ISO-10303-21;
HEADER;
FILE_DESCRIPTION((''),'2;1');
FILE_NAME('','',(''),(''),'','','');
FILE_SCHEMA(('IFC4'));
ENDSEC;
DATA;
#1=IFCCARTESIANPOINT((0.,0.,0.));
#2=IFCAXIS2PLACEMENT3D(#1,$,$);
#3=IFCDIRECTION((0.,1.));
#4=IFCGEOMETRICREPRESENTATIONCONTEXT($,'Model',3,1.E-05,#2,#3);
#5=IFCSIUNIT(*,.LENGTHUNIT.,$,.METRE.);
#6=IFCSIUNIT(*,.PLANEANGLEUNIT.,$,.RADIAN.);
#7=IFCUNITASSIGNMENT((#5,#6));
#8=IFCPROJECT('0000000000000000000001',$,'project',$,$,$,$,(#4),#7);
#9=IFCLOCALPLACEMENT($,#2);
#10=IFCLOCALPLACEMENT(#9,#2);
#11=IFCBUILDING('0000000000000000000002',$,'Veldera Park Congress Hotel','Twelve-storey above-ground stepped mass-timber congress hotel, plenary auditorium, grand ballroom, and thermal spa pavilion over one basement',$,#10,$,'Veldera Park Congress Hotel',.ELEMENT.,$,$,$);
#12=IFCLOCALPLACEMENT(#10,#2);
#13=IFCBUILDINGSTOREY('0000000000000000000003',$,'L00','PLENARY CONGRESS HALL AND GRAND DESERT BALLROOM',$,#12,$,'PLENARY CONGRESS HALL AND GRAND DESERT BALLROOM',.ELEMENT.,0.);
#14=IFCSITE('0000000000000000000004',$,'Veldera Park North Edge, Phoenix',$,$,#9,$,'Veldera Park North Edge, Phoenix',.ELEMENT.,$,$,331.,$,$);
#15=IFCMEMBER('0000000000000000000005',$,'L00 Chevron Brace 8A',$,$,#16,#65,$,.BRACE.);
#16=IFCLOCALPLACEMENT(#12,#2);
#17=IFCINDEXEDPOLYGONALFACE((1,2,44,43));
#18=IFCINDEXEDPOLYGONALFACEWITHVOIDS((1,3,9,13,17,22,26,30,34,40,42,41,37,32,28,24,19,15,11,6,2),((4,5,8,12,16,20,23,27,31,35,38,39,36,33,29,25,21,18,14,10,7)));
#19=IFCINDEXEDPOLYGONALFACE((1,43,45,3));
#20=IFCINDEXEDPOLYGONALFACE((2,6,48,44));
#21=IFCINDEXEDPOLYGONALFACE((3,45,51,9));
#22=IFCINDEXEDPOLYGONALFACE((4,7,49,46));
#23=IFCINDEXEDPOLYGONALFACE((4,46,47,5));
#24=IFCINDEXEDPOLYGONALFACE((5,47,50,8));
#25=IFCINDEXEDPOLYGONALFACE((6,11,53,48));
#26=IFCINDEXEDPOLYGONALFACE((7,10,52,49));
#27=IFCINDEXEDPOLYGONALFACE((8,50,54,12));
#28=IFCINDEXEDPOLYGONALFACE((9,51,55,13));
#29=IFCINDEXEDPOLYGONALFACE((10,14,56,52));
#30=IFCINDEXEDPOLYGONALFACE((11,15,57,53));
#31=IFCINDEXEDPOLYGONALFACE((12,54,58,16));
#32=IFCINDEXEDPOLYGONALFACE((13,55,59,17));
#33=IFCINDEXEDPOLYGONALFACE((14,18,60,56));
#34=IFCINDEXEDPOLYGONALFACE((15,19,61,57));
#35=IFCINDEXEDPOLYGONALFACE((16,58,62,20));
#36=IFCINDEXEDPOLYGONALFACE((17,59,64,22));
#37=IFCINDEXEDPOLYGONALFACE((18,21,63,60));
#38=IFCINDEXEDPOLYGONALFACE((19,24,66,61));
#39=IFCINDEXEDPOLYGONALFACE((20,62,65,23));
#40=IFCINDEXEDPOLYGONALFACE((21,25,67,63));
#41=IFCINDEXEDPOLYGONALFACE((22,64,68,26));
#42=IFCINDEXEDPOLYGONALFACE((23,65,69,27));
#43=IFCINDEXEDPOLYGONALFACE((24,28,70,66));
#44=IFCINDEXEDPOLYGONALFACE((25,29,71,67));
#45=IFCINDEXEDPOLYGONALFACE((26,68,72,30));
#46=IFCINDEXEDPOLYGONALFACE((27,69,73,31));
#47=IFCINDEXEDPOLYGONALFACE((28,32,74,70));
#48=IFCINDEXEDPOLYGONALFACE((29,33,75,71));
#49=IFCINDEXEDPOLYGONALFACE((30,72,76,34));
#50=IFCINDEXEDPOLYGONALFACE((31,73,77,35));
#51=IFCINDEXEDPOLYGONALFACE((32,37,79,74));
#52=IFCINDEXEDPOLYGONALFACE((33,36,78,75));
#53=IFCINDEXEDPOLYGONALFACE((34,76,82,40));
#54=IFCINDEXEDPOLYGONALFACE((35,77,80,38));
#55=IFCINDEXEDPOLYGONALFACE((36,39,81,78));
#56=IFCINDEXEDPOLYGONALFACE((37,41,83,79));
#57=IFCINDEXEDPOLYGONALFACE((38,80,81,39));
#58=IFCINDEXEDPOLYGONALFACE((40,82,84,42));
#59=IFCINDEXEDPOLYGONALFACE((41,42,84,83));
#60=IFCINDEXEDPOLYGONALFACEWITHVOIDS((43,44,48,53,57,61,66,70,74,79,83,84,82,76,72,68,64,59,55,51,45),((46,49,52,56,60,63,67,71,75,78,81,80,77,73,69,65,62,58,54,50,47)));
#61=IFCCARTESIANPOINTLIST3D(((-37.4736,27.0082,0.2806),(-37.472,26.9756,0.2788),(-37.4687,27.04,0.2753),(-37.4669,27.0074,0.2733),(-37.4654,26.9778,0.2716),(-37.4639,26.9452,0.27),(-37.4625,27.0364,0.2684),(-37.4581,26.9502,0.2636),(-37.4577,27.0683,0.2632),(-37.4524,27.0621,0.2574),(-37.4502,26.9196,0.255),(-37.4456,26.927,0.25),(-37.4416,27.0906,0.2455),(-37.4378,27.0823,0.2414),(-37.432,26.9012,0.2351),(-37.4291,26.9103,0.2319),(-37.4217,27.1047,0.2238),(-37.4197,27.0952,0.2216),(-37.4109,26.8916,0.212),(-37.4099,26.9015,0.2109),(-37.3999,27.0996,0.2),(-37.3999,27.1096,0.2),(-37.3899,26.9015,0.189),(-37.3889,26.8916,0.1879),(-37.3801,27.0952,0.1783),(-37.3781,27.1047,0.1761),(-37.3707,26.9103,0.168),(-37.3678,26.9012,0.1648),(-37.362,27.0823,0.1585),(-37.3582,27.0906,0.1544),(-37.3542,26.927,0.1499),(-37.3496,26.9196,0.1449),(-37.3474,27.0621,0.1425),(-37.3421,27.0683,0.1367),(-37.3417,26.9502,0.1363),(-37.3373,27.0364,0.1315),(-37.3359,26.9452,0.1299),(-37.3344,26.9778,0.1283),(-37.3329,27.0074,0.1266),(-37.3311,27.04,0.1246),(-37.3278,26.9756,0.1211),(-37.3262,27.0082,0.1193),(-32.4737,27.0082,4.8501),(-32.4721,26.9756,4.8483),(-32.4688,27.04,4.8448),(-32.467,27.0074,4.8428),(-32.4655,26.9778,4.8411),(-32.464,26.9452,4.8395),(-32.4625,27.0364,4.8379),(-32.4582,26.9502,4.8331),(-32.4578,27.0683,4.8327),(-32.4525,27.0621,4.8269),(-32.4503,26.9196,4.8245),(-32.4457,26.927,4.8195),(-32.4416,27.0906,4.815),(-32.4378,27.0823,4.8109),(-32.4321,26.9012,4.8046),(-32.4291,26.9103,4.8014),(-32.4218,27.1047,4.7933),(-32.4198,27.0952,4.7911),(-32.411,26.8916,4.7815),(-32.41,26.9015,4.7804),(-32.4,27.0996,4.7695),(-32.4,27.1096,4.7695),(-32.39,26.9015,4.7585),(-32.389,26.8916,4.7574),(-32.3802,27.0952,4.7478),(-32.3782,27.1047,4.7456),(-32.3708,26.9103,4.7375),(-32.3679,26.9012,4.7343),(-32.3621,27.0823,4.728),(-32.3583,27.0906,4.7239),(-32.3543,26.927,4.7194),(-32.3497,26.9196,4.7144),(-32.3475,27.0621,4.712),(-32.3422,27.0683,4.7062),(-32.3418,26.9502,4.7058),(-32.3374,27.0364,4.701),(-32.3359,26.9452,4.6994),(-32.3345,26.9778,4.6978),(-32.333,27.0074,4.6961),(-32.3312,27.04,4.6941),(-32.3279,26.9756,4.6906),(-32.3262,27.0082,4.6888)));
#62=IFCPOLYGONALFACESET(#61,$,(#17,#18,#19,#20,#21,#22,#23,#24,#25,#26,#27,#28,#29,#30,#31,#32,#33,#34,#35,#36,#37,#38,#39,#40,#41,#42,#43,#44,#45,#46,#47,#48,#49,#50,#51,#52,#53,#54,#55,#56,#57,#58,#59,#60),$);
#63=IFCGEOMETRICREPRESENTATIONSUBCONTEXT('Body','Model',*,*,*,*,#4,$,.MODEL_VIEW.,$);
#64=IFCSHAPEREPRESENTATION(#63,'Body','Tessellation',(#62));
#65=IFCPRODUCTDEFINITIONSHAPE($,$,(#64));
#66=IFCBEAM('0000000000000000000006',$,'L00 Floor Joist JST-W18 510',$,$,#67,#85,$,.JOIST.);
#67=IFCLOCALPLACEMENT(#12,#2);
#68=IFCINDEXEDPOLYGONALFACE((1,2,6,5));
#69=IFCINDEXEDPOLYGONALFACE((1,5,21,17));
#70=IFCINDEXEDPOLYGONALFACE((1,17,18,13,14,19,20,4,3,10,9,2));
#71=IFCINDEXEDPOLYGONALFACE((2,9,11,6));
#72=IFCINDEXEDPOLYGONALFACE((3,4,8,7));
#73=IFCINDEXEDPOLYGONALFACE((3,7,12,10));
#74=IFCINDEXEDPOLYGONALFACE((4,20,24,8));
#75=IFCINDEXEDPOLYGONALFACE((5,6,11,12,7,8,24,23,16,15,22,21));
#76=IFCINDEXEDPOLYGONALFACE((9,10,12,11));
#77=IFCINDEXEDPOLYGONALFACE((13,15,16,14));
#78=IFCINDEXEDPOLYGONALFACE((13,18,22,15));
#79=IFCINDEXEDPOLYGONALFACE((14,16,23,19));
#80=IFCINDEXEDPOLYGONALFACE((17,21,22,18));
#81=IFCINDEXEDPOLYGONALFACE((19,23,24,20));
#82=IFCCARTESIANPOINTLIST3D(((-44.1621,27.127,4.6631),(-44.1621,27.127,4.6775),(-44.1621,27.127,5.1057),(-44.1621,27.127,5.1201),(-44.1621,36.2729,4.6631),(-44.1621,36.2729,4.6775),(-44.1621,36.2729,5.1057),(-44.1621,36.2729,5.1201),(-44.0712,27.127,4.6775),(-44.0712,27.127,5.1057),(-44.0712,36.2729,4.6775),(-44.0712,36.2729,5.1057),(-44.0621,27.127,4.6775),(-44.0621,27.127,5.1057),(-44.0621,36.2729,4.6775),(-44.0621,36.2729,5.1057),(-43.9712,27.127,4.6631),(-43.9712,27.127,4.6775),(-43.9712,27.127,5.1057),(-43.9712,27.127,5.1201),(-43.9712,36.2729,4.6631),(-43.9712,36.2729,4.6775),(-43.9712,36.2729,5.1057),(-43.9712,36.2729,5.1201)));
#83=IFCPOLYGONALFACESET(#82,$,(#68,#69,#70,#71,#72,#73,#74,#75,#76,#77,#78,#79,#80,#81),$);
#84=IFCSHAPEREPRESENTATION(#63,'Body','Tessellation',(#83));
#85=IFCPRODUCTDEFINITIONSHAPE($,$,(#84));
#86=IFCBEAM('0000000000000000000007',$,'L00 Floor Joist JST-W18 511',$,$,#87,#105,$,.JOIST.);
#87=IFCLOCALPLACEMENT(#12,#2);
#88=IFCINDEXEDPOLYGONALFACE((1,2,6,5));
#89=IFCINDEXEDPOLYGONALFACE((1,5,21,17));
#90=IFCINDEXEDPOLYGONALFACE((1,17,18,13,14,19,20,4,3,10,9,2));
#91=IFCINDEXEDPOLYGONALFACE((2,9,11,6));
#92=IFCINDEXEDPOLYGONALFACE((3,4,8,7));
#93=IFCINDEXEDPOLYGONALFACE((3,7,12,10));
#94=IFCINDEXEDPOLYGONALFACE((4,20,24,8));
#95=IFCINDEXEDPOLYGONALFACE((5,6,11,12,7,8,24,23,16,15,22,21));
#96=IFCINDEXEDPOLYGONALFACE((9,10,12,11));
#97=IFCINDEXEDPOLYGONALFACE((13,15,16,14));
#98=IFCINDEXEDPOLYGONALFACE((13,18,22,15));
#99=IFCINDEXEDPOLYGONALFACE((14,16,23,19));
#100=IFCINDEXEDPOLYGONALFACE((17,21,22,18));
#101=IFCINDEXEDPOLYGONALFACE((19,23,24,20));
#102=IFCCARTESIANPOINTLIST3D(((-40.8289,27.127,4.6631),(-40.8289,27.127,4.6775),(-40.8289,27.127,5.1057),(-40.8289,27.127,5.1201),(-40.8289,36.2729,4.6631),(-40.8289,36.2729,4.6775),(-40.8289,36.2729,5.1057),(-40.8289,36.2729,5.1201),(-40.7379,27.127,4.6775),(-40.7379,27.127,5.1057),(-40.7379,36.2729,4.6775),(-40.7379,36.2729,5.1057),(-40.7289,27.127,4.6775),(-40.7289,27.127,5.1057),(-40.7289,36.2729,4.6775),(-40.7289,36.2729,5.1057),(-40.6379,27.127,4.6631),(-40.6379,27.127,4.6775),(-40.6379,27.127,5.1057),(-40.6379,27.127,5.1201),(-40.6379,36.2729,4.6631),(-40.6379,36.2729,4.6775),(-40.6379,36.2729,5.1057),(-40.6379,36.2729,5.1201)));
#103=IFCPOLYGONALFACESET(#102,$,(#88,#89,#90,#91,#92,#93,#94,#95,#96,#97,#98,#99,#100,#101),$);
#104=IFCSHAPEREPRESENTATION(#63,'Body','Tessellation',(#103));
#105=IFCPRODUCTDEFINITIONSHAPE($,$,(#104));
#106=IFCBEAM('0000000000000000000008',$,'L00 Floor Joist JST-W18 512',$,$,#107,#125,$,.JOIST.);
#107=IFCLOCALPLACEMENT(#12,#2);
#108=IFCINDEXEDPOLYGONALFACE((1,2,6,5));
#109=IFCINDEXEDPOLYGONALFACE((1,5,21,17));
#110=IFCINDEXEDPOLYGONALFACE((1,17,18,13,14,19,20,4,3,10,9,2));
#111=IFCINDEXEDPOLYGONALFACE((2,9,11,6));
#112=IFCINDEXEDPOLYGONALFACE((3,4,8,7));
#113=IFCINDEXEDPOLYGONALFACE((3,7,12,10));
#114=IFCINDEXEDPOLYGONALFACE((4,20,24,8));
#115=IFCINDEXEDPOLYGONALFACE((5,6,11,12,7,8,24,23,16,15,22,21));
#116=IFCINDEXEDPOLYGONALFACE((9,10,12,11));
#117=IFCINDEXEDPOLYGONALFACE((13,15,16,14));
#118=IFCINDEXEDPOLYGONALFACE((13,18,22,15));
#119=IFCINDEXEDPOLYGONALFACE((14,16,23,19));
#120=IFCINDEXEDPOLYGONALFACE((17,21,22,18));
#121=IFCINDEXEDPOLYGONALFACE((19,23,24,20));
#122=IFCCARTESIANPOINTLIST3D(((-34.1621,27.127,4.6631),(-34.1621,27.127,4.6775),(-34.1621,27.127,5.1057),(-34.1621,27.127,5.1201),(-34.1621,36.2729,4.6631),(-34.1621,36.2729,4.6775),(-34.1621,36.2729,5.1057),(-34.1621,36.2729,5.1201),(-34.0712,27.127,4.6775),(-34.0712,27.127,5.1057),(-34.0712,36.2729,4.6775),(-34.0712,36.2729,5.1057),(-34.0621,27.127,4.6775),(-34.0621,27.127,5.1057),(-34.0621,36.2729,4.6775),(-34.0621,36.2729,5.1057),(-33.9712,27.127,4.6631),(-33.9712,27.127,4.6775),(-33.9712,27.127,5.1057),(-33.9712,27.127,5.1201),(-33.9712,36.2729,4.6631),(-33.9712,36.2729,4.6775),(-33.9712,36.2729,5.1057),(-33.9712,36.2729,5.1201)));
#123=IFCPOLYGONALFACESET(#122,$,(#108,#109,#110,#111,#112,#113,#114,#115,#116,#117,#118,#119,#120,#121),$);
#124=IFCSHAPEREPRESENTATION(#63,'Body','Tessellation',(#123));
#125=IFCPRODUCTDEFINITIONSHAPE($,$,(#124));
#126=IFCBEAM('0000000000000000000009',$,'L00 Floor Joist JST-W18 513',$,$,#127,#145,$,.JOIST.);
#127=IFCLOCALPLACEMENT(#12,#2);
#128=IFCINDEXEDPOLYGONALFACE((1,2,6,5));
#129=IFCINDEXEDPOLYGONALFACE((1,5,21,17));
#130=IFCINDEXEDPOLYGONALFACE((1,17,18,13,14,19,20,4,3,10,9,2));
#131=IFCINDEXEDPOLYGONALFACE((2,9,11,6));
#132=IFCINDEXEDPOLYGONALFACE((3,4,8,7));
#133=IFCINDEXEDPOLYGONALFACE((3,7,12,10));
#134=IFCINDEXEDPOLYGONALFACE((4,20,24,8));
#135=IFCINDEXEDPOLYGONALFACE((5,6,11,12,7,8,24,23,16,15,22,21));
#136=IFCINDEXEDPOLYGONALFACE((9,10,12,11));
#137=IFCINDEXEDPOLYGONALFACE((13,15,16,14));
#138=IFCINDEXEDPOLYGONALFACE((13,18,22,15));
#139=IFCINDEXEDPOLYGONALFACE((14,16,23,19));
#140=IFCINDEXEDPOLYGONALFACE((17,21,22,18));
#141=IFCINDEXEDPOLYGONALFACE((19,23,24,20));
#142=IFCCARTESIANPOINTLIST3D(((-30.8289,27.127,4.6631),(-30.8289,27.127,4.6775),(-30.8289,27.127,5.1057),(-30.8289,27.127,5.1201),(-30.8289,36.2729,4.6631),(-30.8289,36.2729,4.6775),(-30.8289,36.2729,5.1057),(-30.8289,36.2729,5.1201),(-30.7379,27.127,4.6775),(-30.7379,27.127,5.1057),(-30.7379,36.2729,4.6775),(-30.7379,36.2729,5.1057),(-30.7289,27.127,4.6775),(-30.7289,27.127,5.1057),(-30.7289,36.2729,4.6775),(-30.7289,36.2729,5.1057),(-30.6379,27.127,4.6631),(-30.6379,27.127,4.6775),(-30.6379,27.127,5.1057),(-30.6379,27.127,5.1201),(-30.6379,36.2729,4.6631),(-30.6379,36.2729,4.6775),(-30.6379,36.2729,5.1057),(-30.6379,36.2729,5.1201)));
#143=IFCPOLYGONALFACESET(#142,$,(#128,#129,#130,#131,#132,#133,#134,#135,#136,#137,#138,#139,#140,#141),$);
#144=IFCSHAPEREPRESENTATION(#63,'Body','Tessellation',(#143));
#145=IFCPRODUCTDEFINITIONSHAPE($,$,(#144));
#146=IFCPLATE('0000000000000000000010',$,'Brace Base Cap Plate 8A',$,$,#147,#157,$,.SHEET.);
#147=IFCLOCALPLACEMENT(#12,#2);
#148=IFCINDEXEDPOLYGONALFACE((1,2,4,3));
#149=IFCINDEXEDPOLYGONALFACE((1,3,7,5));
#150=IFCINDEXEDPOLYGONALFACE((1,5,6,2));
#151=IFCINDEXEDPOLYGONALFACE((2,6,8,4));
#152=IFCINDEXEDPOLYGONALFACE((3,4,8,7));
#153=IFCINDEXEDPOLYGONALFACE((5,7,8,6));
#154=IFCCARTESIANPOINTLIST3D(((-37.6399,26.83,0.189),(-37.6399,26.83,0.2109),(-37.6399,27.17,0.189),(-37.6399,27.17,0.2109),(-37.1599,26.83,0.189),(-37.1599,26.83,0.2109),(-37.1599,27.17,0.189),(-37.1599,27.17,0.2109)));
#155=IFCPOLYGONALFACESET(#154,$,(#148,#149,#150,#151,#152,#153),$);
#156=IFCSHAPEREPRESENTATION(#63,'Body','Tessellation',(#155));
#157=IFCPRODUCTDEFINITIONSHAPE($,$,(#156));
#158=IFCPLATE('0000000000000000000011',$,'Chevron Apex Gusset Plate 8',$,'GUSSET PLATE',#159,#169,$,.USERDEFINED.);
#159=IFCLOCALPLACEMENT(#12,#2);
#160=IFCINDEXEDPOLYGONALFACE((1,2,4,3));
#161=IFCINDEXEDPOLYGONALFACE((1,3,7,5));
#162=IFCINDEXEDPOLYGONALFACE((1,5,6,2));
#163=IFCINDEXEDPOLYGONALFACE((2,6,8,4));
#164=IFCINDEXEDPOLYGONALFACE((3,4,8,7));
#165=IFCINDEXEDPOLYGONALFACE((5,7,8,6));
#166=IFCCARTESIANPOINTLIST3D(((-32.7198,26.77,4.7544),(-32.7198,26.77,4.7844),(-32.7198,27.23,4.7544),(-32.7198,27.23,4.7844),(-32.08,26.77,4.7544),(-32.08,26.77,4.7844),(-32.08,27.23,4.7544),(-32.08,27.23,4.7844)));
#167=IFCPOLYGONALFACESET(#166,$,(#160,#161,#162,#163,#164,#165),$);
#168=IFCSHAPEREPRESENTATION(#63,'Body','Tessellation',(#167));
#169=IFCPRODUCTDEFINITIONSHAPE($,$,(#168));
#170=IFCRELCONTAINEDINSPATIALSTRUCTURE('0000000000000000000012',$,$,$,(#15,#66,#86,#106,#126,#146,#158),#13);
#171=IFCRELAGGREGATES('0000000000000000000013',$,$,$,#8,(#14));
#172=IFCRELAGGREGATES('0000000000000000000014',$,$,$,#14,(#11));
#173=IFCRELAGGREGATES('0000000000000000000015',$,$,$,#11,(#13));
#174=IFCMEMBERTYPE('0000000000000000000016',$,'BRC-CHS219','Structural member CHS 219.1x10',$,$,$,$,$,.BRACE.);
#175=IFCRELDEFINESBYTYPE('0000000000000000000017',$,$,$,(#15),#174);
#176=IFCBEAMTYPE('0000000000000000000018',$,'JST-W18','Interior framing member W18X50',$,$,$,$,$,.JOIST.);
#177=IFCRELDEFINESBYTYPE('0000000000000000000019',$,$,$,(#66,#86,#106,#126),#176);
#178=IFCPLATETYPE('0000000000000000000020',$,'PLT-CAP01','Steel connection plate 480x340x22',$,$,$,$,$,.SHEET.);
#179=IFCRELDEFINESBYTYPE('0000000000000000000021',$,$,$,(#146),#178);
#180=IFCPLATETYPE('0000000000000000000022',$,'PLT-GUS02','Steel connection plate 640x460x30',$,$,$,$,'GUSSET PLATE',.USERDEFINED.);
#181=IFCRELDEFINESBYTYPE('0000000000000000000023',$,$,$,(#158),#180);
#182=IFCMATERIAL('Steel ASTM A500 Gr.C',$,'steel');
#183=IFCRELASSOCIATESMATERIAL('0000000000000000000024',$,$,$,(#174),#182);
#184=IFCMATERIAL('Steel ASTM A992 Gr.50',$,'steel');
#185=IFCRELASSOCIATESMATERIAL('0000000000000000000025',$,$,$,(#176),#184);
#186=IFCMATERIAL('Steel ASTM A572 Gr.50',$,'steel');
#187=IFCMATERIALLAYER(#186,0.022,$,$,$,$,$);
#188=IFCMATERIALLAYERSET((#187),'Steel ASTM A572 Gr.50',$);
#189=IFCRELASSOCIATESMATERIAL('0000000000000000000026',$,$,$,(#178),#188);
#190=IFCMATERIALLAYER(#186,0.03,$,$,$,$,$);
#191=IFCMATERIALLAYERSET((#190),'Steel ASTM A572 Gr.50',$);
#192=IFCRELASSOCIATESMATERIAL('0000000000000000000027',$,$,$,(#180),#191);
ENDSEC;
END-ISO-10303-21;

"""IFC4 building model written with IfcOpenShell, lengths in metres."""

from ifc_helpers import new_model, si_unit, direction, frame, origin, origin_2d, place, context, subcontext, project, spatial, rectangle, hollow_circle, i_section, extrude, material, layer, layer_set, material_profile, profile_set, type_object, element, save


model = new_model("IFC4")

# Units and contexts
model_context = context("Model", 3, precision=1e-05, world=origin(), true_north=direction((0.0, 1.0)))
body_context = subcontext(model_context, "Body", "Model", "MODEL_VIEW")
ifc_project = project(units=[si_unit("LENGTHUNIT", "METRE"), si_unit("PLANEANGLEUNIT", "RADIAN")], contexts=[model_context])

# Site, building, storey
site_placement = place(None, origin())
site = spatial("IfcSite", under=ifc_project, at=site_placement, Name="Veldera Park North Edge, Phoenix", LongName="Veldera Park North Edge, Phoenix", CompositionType="ELEMENT", RefElevation=331.0)
building_placement = place(site_placement, origin())
building = spatial("IfcBuilding", under=site, at=building_placement, Name="Veldera Park Congress Hotel", Description="Twelve-storey above-ground stepped mass-timber congress hotel, plenary auditorium, grand ballroom, and thermal spa pavilion over one basement", LongName="Veldera Park Congress Hotel", CompositionType="ELEMENT")
storey_placement = place(building_placement, origin())
storey = spatial("IfcBuildingStorey", under=building, at=storey_placement, Name="L00", Description="PLENARY CONGRESS HALL AND GRAND DESERT BALLROOM", LongName="PLENARY CONGRESS HALL AND GRAND DESERT BALLROOM", CompositionType="ELEMENT", Elevation=0.0)

# Shared definitions
ifc_material_1 = material(Name="Steel ASTM A992 Gr.50", Category="steel")

# Member
ifc_material_2 = material(Name="Steel ASTM A500 Gr.C", Category="steel")
ifc_material_profile_1 = material_profile(ifc_material_2, hollow_circle(Radius=0.1096, WallThickness=0.01, at=origin_2d()), Name="CHS 219.1x10")
ifc_profile_set_1 = profile_set([ifc_material_profile_1], Name="Steel ASTM A500 Gr.C")
member_type = type_object("IfcMemberType", Name="BRC-CHS219", Description="Structural member CHS 219.1x10", PredefinedType="BRACE", material=ifc_profile_set_1)
member_placement = place(storey_placement, frame((-37.3999, 27.0, 0.2), z_axis=(0.738165, 0.0, 0.674621), x_axis=(0.0, 1.0, 0.0)))
element("IfcMember", 1, at=member_placement, inside=storey, type_object=member_type, Name="L00 Chevron Brace 8A", PredefinedType="BRACE", context=body_context, shape_type="SweptSolid", body=[
    extrude(hollow_circle(Radius=0.1096, WallThickness=0.01, at=origin_2d()), origin(), (0.0, 0.0, 1.0), 6.7734),
])

# Beams
ifc_material_profile_2 = material_profile(ifc_material_1, i_section(OverallWidth=0.1909, OverallDepth=0.457, WebThickness=0.009, FlangeThickness=0.0144, at=origin_2d()), Name="W18X50")
ifc_profile_set_2 = profile_set([ifc_material_profile_2], Name="Steel ASTM A992 Gr.50")
beam_type_1 = type_object("IfcBeamType", Name="JST-W18", Description="Interior framing member W18X50", PredefinedType="JOIST", material=ifc_profile_set_2)
for number, where, z_axis, x_axis, name in (
    (2, (-44.0667, 27.127, 4.8916), (0.0, 1.0, 0.0), (-1.0, 0.0, 0.0), "L00 Floor Joist JST-W18 510"),
    (3, (-40.7334, 27.127, 4.8916), (0.0, 1.0, 0.0), (-1.0, 0.0, 0.0), "L00 Floor Joist JST-W18 511"),
    (4, (-34.0667, 27.127, 4.8916), (0.0, 1.0, 0.0), (-1.0, 0.0, 0.0), "L00 Floor Joist JST-W18 512"),
    (5, (-30.7334, 27.127, 4.8916), (0.0, 1.0, 0.0), (-1.0, 0.0, 0.0), "L00 Floor Joist JST-W18 513"),
):
    element("IfcBeam", number, at=place(storey_placement, frame(where, z_axis=z_axis, x_axis=x_axis)), inside=storey, type_object=beam_type_1, Name=name, PredefinedType="JOIST", context=body_context, shape_type="SweptSolid", body=[
        extrude(i_section(OverallWidth=0.1909, OverallDepth=0.457, WebThickness=0.009, FlangeThickness=0.0144, at=origin_2d()), origin(), (0.0, 0.0, 1.0), 9.146),
    ])

# Plates
ifc_material_3 = material(Name="Steel ASTM A572 Gr.50", Category="steel")
ifc_layer_1 = layer(ifc_material_3, 0.022)
ifc_layer_set_1 = layer_set([ifc_layer_1], Name="Steel ASTM A572 Gr.50")
plate_type_1 = type_object("IfcPlateType", Name="PLT-CAP01", Description="Steel connection plate 480x340x22", PredefinedType="SHEET", material=ifc_layer_set_1)
plate_1_placement = place(storey_placement, frame((-37.3999, 27.0, 0.189), z_axis=(0.0, 0.0, 1.0), x_axis=(1.0, 0.0, 0.0)))
element("IfcPlate", 6, at=plate_1_placement, inside=storey, type_object=plate_type_1, Name="Brace Base Cap Plate 8A", PredefinedType="SHEET", context=body_context, shape_type="SweptSolid", body=[
    extrude(rectangle(XDim=0.48, YDim=0.3401, at=origin_2d()), origin(), (0.0, 0.0, 1.0), 0.022),
])
ifc_layer_2 = layer(ifc_material_3, 0.03)
ifc_layer_set_2 = layer_set([ifc_layer_2], Name="Steel ASTM A572 Gr.50")
plate_type_2 = type_object("IfcPlateType", Name="PLT-GUS02", Description="Steel connection plate 640x460x30", ElementType="GUSSET PLATE", PredefinedType="USERDEFINED", material=ifc_layer_set_2)
plate_2_placement = place(storey_placement, frame((-32.3999, 27.0, 4.7544), z_axis=(0.0, 0.0, 1.0), x_axis=(1.0, 0.0, 0.0)))
element("IfcPlate", 7, at=plate_2_placement, inside=storey, type_object=plate_type_2, Name="Chevron Apex Gusset Plate 8", ObjectType="GUSSET PLATE", PredefinedType="USERDEFINED", context=body_context, shape_type="SweptSolid", body=[
    extrude(rectangle(XDim=0.6399, YDim=0.46, at=origin_2d()), origin(), (0.0, 0.0, 1.0), 0.03),
])

save(model, "model.ifc")
